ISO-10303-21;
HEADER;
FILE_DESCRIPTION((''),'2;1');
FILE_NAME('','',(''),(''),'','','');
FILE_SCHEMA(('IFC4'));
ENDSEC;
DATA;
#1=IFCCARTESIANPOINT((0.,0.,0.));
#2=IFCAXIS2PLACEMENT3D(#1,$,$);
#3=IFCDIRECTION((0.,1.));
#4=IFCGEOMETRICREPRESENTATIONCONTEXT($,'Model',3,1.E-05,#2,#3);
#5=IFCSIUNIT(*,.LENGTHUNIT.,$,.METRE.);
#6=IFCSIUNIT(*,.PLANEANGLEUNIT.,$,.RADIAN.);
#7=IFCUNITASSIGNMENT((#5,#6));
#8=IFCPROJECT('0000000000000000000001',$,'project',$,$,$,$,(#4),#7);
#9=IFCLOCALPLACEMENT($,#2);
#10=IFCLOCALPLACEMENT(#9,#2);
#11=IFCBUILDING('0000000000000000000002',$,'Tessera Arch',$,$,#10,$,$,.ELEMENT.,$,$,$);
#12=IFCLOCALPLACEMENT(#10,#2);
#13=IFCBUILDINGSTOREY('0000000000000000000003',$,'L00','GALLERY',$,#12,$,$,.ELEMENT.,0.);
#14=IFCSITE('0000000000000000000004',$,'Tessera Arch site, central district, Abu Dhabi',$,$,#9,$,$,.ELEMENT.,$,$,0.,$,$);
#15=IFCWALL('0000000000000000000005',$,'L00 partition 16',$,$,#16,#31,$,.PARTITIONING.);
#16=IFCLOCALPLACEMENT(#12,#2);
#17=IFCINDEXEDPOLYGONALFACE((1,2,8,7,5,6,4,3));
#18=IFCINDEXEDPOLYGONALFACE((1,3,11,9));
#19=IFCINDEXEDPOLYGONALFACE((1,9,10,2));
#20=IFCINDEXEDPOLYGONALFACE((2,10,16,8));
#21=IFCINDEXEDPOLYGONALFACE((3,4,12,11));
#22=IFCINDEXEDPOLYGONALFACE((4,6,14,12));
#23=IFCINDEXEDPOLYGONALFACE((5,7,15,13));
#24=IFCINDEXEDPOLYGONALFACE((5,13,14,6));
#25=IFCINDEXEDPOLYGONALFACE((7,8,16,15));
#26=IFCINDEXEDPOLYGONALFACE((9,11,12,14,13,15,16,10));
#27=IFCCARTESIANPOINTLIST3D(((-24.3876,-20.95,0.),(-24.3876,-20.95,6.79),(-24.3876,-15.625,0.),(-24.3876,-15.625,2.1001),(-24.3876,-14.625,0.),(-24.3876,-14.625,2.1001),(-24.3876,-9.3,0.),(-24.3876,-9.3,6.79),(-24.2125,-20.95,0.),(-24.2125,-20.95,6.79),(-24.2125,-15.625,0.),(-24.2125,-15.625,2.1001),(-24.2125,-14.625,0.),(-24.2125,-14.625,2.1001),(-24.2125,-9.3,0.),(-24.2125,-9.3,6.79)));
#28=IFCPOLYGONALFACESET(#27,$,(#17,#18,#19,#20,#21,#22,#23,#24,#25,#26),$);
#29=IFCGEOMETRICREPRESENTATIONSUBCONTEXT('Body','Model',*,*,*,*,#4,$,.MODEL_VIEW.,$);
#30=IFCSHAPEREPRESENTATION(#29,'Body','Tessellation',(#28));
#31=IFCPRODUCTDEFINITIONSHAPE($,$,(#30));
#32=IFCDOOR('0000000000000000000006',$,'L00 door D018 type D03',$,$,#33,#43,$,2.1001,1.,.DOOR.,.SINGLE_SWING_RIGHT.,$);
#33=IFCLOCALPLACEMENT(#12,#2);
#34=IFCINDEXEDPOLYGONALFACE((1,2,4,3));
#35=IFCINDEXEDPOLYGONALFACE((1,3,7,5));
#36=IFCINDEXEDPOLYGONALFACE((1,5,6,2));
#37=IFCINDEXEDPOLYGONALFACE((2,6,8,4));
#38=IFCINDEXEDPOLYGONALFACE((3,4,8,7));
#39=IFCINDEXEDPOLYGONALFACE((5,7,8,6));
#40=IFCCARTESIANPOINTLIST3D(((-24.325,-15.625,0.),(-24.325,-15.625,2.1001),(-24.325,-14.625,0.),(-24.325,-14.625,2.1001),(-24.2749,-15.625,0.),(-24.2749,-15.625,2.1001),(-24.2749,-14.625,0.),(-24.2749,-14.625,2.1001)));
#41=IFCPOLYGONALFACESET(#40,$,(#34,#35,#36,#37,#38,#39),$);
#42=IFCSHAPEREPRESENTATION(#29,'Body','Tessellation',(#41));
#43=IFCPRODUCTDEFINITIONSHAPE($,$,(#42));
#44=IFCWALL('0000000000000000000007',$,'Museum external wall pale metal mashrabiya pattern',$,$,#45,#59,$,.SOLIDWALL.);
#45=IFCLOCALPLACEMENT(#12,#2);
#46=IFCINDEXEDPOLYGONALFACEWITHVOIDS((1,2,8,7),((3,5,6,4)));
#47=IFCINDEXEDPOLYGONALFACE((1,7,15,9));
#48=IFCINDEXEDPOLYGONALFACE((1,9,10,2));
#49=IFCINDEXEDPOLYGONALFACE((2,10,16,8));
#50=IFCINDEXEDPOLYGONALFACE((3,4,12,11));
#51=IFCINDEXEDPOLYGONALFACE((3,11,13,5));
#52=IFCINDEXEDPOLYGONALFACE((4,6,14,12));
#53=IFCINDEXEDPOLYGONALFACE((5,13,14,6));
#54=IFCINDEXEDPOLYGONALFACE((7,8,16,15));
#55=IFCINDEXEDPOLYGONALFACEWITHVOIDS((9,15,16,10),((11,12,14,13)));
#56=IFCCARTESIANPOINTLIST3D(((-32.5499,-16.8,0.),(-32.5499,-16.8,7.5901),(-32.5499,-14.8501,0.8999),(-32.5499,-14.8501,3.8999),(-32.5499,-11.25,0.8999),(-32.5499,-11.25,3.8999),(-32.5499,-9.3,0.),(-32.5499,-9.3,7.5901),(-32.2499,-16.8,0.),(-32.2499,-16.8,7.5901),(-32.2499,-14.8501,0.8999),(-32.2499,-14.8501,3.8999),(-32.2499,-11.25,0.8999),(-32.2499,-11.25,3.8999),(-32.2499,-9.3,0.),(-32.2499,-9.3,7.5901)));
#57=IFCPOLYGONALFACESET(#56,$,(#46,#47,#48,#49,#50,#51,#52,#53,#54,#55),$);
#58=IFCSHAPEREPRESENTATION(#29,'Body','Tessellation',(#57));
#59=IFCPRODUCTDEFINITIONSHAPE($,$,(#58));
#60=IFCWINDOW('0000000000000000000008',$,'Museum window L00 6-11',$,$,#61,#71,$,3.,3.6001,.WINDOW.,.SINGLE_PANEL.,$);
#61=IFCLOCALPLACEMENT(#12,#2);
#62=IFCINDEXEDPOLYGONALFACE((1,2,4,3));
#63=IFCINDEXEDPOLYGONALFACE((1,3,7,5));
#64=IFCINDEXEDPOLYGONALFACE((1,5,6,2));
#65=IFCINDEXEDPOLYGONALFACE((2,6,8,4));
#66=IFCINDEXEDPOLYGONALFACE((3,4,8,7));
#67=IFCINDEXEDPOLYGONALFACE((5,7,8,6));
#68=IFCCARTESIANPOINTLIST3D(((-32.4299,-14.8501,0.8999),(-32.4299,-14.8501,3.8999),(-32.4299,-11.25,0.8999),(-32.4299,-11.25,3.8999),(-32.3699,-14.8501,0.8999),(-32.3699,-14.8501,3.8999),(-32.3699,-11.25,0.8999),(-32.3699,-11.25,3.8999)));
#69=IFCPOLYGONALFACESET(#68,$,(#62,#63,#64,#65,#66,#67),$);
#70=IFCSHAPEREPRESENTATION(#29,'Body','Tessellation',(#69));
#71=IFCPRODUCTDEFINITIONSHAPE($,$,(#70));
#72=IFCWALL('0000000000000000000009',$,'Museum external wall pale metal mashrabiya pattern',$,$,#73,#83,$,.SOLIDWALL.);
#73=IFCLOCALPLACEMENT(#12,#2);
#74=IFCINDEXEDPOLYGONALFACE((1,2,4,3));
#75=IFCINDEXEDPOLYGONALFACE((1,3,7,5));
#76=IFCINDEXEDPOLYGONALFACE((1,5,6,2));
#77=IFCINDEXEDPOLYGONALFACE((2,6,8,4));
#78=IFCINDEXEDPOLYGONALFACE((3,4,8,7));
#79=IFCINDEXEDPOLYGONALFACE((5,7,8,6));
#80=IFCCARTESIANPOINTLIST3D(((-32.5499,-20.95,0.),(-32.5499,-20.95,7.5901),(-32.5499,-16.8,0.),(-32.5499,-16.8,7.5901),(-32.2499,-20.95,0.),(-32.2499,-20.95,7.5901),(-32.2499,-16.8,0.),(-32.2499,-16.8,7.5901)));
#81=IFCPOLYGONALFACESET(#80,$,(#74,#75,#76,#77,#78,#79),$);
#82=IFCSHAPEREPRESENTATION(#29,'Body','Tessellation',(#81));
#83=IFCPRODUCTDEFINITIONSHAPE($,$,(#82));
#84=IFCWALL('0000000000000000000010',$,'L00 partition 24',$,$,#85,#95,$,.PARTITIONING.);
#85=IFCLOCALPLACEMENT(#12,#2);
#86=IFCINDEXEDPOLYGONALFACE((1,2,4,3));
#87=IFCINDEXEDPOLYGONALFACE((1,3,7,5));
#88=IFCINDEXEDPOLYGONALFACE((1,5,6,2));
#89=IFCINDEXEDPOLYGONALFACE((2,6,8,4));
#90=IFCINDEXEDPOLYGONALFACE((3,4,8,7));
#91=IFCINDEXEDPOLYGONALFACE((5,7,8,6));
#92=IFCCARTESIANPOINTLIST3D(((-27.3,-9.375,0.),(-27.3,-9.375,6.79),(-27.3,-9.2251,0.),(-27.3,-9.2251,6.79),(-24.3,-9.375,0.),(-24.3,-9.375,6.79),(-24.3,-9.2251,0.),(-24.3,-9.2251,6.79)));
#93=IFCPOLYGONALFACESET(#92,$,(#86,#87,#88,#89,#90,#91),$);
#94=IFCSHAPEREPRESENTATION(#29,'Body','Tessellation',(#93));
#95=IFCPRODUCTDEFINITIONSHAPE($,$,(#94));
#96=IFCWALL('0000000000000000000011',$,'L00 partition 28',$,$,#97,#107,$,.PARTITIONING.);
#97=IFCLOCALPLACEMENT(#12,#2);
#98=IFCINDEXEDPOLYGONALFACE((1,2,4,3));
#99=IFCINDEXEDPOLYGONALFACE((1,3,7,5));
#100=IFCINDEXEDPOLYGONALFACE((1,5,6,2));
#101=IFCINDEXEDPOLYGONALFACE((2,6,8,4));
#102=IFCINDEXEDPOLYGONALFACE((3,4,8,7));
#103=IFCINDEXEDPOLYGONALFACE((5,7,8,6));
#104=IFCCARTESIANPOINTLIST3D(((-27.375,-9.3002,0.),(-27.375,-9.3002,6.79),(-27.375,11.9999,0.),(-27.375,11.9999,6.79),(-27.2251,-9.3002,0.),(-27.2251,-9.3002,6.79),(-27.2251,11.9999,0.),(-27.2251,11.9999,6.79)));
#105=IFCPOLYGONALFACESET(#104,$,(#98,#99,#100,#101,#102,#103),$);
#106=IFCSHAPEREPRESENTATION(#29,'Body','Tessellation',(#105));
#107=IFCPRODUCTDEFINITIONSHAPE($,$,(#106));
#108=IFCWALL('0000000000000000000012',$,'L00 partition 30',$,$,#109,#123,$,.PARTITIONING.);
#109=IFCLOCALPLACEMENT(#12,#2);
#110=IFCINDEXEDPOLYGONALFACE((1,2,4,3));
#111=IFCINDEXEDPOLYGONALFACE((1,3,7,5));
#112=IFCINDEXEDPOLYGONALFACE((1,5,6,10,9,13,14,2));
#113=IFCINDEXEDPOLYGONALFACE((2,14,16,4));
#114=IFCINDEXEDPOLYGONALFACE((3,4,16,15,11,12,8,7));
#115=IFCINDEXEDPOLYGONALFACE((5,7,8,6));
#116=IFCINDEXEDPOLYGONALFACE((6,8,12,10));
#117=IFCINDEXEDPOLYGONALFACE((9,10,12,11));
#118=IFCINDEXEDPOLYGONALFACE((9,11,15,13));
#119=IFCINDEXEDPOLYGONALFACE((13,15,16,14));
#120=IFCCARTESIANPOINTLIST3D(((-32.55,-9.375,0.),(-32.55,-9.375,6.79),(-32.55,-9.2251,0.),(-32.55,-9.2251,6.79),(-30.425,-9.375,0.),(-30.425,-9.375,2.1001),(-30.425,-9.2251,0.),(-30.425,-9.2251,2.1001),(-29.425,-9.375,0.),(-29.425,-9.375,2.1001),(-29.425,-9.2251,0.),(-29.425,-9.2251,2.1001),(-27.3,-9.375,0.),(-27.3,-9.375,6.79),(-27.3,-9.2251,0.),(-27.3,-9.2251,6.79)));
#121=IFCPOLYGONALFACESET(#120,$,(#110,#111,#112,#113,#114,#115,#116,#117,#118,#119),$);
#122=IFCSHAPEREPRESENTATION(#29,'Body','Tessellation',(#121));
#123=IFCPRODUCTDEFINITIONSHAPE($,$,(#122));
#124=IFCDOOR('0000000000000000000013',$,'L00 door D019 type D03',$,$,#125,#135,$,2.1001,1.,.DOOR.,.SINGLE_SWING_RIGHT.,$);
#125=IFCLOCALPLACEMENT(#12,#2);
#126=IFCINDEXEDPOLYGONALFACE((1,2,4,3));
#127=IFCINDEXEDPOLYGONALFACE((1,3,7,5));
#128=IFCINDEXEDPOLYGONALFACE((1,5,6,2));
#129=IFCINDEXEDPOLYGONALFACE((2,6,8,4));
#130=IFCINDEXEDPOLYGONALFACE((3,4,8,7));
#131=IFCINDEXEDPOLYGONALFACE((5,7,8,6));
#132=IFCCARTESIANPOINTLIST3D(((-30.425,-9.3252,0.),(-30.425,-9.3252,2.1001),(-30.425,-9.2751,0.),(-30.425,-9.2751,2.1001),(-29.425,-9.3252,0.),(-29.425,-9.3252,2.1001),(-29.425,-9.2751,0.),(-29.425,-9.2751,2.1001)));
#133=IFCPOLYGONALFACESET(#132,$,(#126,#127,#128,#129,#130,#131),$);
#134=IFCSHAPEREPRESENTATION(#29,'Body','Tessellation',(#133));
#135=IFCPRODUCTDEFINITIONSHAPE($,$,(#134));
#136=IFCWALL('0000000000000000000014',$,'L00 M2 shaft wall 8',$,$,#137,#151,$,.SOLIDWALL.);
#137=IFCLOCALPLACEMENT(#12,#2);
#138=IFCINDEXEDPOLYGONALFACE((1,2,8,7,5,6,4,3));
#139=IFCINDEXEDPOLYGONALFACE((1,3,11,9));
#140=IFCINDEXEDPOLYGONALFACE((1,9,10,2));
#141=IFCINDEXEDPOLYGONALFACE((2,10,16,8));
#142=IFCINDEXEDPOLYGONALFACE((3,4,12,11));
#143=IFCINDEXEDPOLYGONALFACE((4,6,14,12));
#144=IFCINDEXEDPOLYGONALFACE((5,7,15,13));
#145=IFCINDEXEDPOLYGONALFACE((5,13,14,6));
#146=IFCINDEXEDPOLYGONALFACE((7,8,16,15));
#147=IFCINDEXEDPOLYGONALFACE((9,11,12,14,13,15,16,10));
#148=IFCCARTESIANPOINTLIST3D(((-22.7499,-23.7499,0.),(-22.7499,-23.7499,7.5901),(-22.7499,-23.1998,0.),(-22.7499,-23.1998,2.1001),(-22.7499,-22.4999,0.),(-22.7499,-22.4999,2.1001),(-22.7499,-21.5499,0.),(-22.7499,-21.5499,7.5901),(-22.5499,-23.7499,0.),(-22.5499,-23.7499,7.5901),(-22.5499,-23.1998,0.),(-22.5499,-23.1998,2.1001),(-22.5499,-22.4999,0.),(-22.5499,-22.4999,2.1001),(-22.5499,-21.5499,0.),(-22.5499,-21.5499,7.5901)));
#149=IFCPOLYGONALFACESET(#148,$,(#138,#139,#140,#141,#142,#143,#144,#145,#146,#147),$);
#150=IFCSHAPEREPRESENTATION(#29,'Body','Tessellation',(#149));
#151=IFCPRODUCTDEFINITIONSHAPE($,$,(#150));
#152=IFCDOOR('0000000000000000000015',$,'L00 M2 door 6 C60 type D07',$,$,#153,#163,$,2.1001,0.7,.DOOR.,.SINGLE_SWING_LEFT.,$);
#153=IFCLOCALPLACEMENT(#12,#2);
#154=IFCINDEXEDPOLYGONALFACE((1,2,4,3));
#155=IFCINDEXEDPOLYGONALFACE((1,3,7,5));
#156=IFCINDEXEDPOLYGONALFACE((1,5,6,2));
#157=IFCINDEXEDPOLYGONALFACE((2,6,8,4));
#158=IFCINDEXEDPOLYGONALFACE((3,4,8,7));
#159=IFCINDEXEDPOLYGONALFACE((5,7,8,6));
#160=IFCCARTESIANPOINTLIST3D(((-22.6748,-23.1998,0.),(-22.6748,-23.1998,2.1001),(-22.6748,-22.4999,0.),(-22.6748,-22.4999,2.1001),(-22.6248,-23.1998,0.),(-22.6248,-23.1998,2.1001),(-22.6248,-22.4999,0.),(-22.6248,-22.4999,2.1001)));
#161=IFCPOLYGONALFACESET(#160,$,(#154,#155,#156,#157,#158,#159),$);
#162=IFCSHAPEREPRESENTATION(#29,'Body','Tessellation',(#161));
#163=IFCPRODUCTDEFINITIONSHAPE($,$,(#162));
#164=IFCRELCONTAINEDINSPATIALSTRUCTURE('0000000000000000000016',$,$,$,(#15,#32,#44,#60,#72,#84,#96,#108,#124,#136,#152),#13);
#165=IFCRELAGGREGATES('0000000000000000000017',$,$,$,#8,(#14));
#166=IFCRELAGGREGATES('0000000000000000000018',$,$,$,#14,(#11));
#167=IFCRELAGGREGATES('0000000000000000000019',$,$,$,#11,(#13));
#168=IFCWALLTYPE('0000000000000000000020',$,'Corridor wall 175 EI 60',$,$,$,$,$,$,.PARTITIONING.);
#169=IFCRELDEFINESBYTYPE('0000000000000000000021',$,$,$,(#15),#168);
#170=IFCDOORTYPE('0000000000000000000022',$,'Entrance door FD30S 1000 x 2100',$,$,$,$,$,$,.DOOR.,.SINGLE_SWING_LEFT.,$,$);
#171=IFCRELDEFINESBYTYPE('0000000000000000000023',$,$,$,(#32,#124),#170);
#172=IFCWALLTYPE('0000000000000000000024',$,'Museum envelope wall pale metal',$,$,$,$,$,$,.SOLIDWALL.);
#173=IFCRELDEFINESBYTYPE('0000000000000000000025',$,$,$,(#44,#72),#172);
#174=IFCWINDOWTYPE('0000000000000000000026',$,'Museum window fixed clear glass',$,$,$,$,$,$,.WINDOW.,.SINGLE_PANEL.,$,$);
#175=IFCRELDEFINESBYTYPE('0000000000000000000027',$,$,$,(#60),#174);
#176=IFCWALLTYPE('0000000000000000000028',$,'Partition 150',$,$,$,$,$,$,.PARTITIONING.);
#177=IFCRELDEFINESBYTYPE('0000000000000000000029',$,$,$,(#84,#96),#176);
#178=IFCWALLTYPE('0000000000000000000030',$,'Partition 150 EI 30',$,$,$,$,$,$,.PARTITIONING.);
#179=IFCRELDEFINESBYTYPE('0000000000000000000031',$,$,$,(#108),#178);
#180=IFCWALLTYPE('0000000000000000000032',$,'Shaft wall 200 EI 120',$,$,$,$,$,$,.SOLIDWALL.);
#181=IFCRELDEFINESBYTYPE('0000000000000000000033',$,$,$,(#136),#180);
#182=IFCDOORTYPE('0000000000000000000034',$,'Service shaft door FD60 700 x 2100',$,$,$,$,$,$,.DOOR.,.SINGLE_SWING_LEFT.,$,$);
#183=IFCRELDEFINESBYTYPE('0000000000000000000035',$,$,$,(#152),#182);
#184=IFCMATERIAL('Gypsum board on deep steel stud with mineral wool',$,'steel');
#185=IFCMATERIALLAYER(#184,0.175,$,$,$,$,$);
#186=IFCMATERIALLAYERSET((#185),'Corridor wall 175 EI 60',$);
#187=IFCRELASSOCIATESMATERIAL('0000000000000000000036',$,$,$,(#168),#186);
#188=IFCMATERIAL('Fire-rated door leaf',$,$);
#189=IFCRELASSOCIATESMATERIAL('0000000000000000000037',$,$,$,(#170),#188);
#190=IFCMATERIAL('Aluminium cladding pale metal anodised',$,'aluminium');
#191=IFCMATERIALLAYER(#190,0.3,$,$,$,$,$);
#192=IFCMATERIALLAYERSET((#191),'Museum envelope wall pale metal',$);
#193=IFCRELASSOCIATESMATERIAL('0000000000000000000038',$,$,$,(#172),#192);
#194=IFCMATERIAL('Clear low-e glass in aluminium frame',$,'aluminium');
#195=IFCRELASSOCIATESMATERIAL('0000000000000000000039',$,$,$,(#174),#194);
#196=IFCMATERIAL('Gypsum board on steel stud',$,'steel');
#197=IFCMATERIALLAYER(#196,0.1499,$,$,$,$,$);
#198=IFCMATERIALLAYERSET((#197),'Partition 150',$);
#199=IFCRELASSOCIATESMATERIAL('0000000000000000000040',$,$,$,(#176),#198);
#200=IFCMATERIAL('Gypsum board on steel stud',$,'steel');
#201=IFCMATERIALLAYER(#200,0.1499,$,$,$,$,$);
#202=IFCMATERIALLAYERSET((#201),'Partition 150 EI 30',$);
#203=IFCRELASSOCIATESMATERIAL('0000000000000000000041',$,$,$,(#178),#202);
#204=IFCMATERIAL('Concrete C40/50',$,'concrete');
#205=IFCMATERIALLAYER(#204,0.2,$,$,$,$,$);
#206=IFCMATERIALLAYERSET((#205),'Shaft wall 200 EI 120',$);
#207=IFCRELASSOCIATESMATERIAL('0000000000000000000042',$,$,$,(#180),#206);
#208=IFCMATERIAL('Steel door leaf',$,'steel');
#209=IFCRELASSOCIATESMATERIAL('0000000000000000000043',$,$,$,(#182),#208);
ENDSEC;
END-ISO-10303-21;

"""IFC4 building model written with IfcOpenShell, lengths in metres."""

from ifc_helpers import new_model, si_unit, direction, frame, frame_2d, origin, place, context, subcontext, project, spatial, rectangle, extrude, material, layer, layer_set, type_object, element, fill, save


model = new_model("IFC4")

# Units and contexts
model_context = context("Model", 3, precision=1e-05, world=origin(), true_north=direction((0.0, 1.0)))
body_context = subcontext(model_context, "Body", "Model", "MODEL_VIEW")
ifc_project = project(units=[si_unit("LENGTHUNIT", "METRE"), si_unit("PLANEANGLEUNIT", "RADIAN")], contexts=[model_context])

# Site, building, storey
site_placement = place(None, origin())
site = spatial("IfcSite", under=ifc_project, at=site_placement, Name="Tessera Arch site, central district, Abu Dhabi", CompositionType="ELEMENT", RefElevation=0.0)
building_placement = place(site_placement, origin())
building = spatial("IfcBuilding", under=site, at=building_placement, Name="Tessera Arch", CompositionType="ELEMENT")
storey_placement = place(building_placement, origin())
storey = spatial("IfcBuildingStorey", under=building, at=storey_placement, Name="L00", Description="GALLERY", CompositionType="ELEMENT", Elevation=0.0)

# Wall, opening, door
ifc_material_1 = material(Name="Gypsum board on deep steel stud with mineral wool", Category="steel")
ifc_layer_1 = layer(ifc_material_1, 0.175)
ifc_layer_set_1 = layer_set([ifc_layer_1], Name="Corridor wall 175 EI 60")
wall_type_1 = type_object("IfcWallType", Name="Corridor wall 175 EI 60", PredefinedType="PARTITIONING", material=ifc_layer_set_1)
wall_1_placement = place(storey_placement, frame((-24.3, -20.95, 0.0), z_axis=(0.0, 0.0, 1.0), x_axis=(0.0, 1.0, 0.0)))
wall_1 = element("IfcWall", 1, at=wall_1_placement, inside=storey, type_object=wall_type_1, Name="L00 partition 16", PredefinedType="PARTITIONING", context=body_context, shape_type="SweptSolid", body=[
    extrude(rectangle(XDim=11.6499, YDim=0.175, at=frame_2d((5.825, 0.0))), origin(), (0.0, 0.0, 1.0), 6.79),
])
opening_1_placement = place(wall_1_placement, frame((5.325, 0.0, 0.0)))
opening_1 = element("IfcOpeningElement", 2, at=opening_1_placement, cuts=wall_1, PredefinedType="OPENING", context=body_context, shape_type="SweptSolid", body=[
    extrude(rectangle(XDim=1.0, YDim=2.1001, at=frame_2d((0.5, 1.05))), frame((0.0, 0.0974, 0.0), z_axis=(0.0, -1.0, 0.0), x_axis=(1.0, 0.0, 0.0)), (0.0, 0.0, 1.0), 0.1951),
])
ifc_material_2 = material(Name="Fire-rated door leaf")
door_type_1 = type_object("IfcDoorType", Name="Entrance door FD30S 1000 x 2100", OperationType="SINGLE_SWING_LEFT", PredefinedType="DOOR", material=ifc_material_2)
door_1_placement = place(opening_1_placement, origin())
door_1 = element("IfcDoor", 3, at=door_1_placement, inside=storey, type_object=door_type_1, Name="L00 door D018 type D03", OperationType="SINGLE_SWING_RIGHT", OverallHeight=2.1001, OverallWidth=1.0, PredefinedType="DOOR", context=body_context, shape_type="SweptSolid", body=[
    extrude(rectangle(XDim=1.0, YDim=2.1001, at=frame_2d((0.5, 1.05))), frame((0.0, 0.0249, 0.0), z_axis=(0.0, -1.0, 0.0), x_axis=(1.0, 0.0, 0.0)), (0.0, 0.0, 1.0), 0.05),
])
fill(opening_1, door_1)

# Wall, opening, window
ifc_material_3 = material(Name="Aluminium cladding pale metal anodised", Category="aluminium")
ifc_layer_2 = layer(ifc_material_3, 0.3)
ifc_layer_set_2 = layer_set([ifc_layer_2], Name="Museum envelope wall pale metal")
wall_type_2 = type_object("IfcWallType", Name="Museum envelope wall pale metal", PredefinedType="SOLIDWALL", material=ifc_layer_set_2)
wall_2_placement = place(storey_placement, frame((-32.3999, -9.3, 0.0), z_axis=(0.0, 0.0, 1.0), x_axis=(0.0, -1.0, 0.0)))
wall_2 = element("IfcWall", 4, at=wall_2_placement, inside=storey, type_object=wall_type_2, Name="Museum external wall pale metal mashrabiya pattern", PredefinedType="SOLIDWALL", context=body_context, shape_type="SweptSolid", body=[
    extrude(rectangle(XDim=7.5, YDim=0.3, at=frame_2d((3.75, 0.0))), origin(), (0.0, 0.0, 1.0), 7.5901),
])
opening_2_placement = place(wall_2_placement, frame((1.95, 0.0, 0.8999)))
opening_2 = element("IfcOpeningElement", 5, at=opening_2_placement, cuts=wall_2, PredefinedType="OPENING", context=body_context, shape_type="SweptSolid", body=[
    extrude(rectangle(XDim=3.6001, YDim=3.0, at=frame_2d((1.8, 1.5))), frame((0.0, 0.1599, 0.0), z_axis=(0.0, -1.0, 0.0), x_axis=(1.0, 0.0, 0.0)), (0.0, 0.0, 1.0), 0.3201),
])
ifc_material_4 = material(Name="Clear low-e glass in aluminium frame", Category="aluminium")
window_type = type_object("IfcWindowType", Name="Museum window fixed clear glass", PartitioningType="SINGLE_PANEL", PredefinedType="WINDOW", material=ifc_material_4)
window_placement = place(opening_2_placement, origin())
window = element("IfcWindow", 6, at=window_placement, inside=storey, type_object=window_type, Name="Museum window L00 6-11", OverallHeight=3.0, OverallWidth=3.6001, PartitioningType="SINGLE_PANEL", PredefinedType="WINDOW", context=body_context, shape_type="SweptSolid", body=[
    extrude(rectangle(XDim=3.6001, YDim=3.0, at=frame_2d((1.8, 1.5))), frame((0.0, 0.03, 0.0), z_axis=(0.0, -1.0, 0.0), x_axis=(1.0, 0.0, 0.0)), (0.0, 0.0, 1.0), 0.0601),
])
fill(opening_2, window)

# Walls
wall_3_placement = place(storey_placement, frame((-32.3999, -16.8, 0.0), z_axis=(0.0, 0.0, 1.0), x_axis=(0.0, -1.0, 0.0)))
element("IfcWall", 7, at=wall_3_placement, inside=storey, type_object=wall_type_2, Name="Museum external wall pale metal mashrabiya pattern", PredefinedType="SOLIDWALL", context=body_context, shape_type="SweptSolid", body=[
    extrude(rectangle(XDim=4.1499, YDim=0.3, at=frame_2d((2.075, 0.0))), origin(), (0.0, 0.0, 1.0), 7.5901),
])
ifc_material_5 = material(Name="Gypsum board on steel stud", Category="steel")
ifc_layer_3 = layer(ifc_material_5, 0.1499)
ifc_layer_set_3 = layer_set([ifc_layer_3], Name="Partition 150")
wall_type_3 = type_object("IfcWallType", Name="Partition 150", PredefinedType="PARTITIONING", material=ifc_layer_set_3)
wall_4_placement = place(storey_placement, frame((-27.3, -9.3, 0.0), z_axis=(0.0, 0.0, 1.0), x_axis=(1.0, 0.0, 0.0)))
element("IfcWall", 8, at=wall_4_placement, inside=storey, type_object=wall_type_3, Name="L00 partition 24", PredefinedType="PARTITIONING", context=body_context, shape_type="SweptSolid", body=[
    extrude(rectangle(XDim=3.0, YDim=0.1499, at=frame_2d((1.5, 0.0))), origin(), (0.0, 0.0, 1.0), 6.79),
])
wall_5_placement = place(storey_placement, frame((-27.3, -9.3, 0.0), z_axis=(0.0, 0.0, 1.0), x_axis=(0.0, 1.0, 0.0)))
element("IfcWall", 9, at=wall_5_placement, inside=storey, type_object=wall_type_3, Name="L00 partition 28", PredefinedType="PARTITIONING", context=body_context, shape_type="SweptSolid", body=[
    extrude(rectangle(XDim=21.3, YDim=0.1499, at=frame_2d((10.6499, 0.0))), origin(), (0.0, 0.0, 1.0), 6.79),
])

# Walls, openings, doors
ifc_material_6 = material(Name="Gypsum board on steel stud", Category="steel")
ifc_layer_4 = layer(ifc_material_6, 0.1499)
ifc_layer_set_4 = layer_set([ifc_layer_4], Name="Partition 150 EI 30")
wall_type_4 = type_object("IfcWallType", Name="Partition 150 EI 30", PredefinedType="PARTITIONING", material=ifc_layer_set_4)
wall_6_placement = place(storey_placement, frame((-32.55, -9.3, 0.0), z_axis=(0.0, 0.0, 1.0), x_axis=(1.0, 0.0, 0.0)))
wall_6 = element("IfcWall", 10, at=wall_6_placement, inside=storey, type_object=wall_type_4, Name="L00 partition 30", PredefinedType="PARTITIONING", context=body_context, shape_type="SweptSolid", body=[
    extrude(rectangle(XDim=5.25, YDim=0.1499, at=frame_2d((2.625, 0.0))), origin(), (0.0, 0.0, 1.0), 6.79),
])
opening_3_placement = place(wall_6_placement, frame((2.125, 0.0, 0.0)))
opening_3 = element("IfcOpeningElement", 11, at=opening_3_placement, cuts=wall_6, PredefinedType="OPENING", context=body_context, shape_type="SweptSolid", body=[
    extrude(rectangle(XDim=1.0, YDim=2.1001, at=frame_2d((0.5, 1.05))), frame((0.0, 0.085, 0.0), z_axis=(0.0, -1.0, 0.0), x_axis=(1.0, 0.0, 0.0)), (0.0, 0.0, 1.0), 0.1699),
])
door_2_placement = place(opening_3_placement, origin())
door_2 = element("IfcDoor", 12, at=door_2_placement, inside=storey, type_object=door_type_1, Name="L00 door D019 type D03", OperationType="SINGLE_SWING_RIGHT", OverallHeight=2.1001, OverallWidth=1.0, PredefinedType="DOOR", context=body_context, shape_type="SweptSolid", body=[
    extrude(rectangle(XDim=1.0, YDim=2.1001, at=frame_2d((0.5, 1.05))), frame((0.0, 0.0249, 0.0), z_axis=(0.0, -1.0, 0.0), x_axis=(1.0, 0.0, 0.0)), (0.0, 0.0, 1.0), 0.05),
])
fill(opening_3, door_2)
ifc_material_7 = material(Name="Concrete C40/50", Category="concrete")
ifc_layer_5 = layer(ifc_material_7, 0.2)
ifc_layer_set_5 = layer_set([ifc_layer_5], Name="Shaft wall 200 EI 120")
wall_type_5 = type_object("IfcWallType", Name="Shaft wall 200 EI 120", PredefinedType="SOLIDWALL", material=ifc_layer_set_5)
wall_7_placement = place(storey_placement, frame((-22.6499, -23.75, 0.0), z_axis=(0.0, 0.0, 1.0), x_axis=(0.0, 1.0, 0.0)))
wall_7 = element("IfcWall", 13, at=wall_7_placement, inside=storey, type_object=wall_type_5, Name="L00 M2 shaft wall 8", PredefinedType="SOLIDWALL", context=body_context, shape_type="SweptSolid", body=[
    extrude(rectangle(XDim=2.2, YDim=0.2, at=frame_2d((1.1001, 0.0))), origin(), (0.0, 0.0, 1.0), 7.5901),
])
opening_4_placement = place(wall_7_placement, frame((0.55, 0.0, 0.0)))
opening_4 = element("IfcOpeningElement", 14, at=opening_4_placement, cuts=wall_7, PredefinedType="OPENING", context=body_context, shape_type="SweptSolid", body=[
    extrude(rectangle(XDim=0.7, YDim=2.1001, at=frame_2d((0.3501, 1.05))), frame((0.0, 0.1099, 0.0), z_axis=(0.0, -1.0, 0.0), x_axis=(1.0, 0.0, 0.0)), (0.0, 0.0, 1.0), 0.22),
])
ifc_material_8 = material(Name="Steel door leaf", Category="steel")
door_type_2 = type_object("IfcDoorType", Name="Service shaft door FD60 700 x 2100", OperationType="SINGLE_SWING_LEFT", PredefinedType="DOOR", material=ifc_material_8)
door_3_placement = place(opening_4_placement, origin())
door_3 = element("IfcDoor", 15, at=door_3_placement, inside=storey, type_object=door_type_2, Name="L00 M2 door 6 C60 type D07", OperationType="SINGLE_SWING_LEFT", OverallHeight=2.1001, OverallWidth=0.7, PredefinedType="DOOR", context=body_context, shape_type="SweptSolid", body=[
    extrude(rectangle(XDim=0.7, YDim=2.1001, at=frame_2d((0.3501, 1.05))), frame((0.0, 0.0249, 0.0), z_axis=(0.0, -1.0, 0.0), x_axis=(1.0, 0.0, 0.0)), (0.0, 0.0, 1.0), 0.05),
])
fill(opening_4, door_3)

save(model, "model.ifc")
